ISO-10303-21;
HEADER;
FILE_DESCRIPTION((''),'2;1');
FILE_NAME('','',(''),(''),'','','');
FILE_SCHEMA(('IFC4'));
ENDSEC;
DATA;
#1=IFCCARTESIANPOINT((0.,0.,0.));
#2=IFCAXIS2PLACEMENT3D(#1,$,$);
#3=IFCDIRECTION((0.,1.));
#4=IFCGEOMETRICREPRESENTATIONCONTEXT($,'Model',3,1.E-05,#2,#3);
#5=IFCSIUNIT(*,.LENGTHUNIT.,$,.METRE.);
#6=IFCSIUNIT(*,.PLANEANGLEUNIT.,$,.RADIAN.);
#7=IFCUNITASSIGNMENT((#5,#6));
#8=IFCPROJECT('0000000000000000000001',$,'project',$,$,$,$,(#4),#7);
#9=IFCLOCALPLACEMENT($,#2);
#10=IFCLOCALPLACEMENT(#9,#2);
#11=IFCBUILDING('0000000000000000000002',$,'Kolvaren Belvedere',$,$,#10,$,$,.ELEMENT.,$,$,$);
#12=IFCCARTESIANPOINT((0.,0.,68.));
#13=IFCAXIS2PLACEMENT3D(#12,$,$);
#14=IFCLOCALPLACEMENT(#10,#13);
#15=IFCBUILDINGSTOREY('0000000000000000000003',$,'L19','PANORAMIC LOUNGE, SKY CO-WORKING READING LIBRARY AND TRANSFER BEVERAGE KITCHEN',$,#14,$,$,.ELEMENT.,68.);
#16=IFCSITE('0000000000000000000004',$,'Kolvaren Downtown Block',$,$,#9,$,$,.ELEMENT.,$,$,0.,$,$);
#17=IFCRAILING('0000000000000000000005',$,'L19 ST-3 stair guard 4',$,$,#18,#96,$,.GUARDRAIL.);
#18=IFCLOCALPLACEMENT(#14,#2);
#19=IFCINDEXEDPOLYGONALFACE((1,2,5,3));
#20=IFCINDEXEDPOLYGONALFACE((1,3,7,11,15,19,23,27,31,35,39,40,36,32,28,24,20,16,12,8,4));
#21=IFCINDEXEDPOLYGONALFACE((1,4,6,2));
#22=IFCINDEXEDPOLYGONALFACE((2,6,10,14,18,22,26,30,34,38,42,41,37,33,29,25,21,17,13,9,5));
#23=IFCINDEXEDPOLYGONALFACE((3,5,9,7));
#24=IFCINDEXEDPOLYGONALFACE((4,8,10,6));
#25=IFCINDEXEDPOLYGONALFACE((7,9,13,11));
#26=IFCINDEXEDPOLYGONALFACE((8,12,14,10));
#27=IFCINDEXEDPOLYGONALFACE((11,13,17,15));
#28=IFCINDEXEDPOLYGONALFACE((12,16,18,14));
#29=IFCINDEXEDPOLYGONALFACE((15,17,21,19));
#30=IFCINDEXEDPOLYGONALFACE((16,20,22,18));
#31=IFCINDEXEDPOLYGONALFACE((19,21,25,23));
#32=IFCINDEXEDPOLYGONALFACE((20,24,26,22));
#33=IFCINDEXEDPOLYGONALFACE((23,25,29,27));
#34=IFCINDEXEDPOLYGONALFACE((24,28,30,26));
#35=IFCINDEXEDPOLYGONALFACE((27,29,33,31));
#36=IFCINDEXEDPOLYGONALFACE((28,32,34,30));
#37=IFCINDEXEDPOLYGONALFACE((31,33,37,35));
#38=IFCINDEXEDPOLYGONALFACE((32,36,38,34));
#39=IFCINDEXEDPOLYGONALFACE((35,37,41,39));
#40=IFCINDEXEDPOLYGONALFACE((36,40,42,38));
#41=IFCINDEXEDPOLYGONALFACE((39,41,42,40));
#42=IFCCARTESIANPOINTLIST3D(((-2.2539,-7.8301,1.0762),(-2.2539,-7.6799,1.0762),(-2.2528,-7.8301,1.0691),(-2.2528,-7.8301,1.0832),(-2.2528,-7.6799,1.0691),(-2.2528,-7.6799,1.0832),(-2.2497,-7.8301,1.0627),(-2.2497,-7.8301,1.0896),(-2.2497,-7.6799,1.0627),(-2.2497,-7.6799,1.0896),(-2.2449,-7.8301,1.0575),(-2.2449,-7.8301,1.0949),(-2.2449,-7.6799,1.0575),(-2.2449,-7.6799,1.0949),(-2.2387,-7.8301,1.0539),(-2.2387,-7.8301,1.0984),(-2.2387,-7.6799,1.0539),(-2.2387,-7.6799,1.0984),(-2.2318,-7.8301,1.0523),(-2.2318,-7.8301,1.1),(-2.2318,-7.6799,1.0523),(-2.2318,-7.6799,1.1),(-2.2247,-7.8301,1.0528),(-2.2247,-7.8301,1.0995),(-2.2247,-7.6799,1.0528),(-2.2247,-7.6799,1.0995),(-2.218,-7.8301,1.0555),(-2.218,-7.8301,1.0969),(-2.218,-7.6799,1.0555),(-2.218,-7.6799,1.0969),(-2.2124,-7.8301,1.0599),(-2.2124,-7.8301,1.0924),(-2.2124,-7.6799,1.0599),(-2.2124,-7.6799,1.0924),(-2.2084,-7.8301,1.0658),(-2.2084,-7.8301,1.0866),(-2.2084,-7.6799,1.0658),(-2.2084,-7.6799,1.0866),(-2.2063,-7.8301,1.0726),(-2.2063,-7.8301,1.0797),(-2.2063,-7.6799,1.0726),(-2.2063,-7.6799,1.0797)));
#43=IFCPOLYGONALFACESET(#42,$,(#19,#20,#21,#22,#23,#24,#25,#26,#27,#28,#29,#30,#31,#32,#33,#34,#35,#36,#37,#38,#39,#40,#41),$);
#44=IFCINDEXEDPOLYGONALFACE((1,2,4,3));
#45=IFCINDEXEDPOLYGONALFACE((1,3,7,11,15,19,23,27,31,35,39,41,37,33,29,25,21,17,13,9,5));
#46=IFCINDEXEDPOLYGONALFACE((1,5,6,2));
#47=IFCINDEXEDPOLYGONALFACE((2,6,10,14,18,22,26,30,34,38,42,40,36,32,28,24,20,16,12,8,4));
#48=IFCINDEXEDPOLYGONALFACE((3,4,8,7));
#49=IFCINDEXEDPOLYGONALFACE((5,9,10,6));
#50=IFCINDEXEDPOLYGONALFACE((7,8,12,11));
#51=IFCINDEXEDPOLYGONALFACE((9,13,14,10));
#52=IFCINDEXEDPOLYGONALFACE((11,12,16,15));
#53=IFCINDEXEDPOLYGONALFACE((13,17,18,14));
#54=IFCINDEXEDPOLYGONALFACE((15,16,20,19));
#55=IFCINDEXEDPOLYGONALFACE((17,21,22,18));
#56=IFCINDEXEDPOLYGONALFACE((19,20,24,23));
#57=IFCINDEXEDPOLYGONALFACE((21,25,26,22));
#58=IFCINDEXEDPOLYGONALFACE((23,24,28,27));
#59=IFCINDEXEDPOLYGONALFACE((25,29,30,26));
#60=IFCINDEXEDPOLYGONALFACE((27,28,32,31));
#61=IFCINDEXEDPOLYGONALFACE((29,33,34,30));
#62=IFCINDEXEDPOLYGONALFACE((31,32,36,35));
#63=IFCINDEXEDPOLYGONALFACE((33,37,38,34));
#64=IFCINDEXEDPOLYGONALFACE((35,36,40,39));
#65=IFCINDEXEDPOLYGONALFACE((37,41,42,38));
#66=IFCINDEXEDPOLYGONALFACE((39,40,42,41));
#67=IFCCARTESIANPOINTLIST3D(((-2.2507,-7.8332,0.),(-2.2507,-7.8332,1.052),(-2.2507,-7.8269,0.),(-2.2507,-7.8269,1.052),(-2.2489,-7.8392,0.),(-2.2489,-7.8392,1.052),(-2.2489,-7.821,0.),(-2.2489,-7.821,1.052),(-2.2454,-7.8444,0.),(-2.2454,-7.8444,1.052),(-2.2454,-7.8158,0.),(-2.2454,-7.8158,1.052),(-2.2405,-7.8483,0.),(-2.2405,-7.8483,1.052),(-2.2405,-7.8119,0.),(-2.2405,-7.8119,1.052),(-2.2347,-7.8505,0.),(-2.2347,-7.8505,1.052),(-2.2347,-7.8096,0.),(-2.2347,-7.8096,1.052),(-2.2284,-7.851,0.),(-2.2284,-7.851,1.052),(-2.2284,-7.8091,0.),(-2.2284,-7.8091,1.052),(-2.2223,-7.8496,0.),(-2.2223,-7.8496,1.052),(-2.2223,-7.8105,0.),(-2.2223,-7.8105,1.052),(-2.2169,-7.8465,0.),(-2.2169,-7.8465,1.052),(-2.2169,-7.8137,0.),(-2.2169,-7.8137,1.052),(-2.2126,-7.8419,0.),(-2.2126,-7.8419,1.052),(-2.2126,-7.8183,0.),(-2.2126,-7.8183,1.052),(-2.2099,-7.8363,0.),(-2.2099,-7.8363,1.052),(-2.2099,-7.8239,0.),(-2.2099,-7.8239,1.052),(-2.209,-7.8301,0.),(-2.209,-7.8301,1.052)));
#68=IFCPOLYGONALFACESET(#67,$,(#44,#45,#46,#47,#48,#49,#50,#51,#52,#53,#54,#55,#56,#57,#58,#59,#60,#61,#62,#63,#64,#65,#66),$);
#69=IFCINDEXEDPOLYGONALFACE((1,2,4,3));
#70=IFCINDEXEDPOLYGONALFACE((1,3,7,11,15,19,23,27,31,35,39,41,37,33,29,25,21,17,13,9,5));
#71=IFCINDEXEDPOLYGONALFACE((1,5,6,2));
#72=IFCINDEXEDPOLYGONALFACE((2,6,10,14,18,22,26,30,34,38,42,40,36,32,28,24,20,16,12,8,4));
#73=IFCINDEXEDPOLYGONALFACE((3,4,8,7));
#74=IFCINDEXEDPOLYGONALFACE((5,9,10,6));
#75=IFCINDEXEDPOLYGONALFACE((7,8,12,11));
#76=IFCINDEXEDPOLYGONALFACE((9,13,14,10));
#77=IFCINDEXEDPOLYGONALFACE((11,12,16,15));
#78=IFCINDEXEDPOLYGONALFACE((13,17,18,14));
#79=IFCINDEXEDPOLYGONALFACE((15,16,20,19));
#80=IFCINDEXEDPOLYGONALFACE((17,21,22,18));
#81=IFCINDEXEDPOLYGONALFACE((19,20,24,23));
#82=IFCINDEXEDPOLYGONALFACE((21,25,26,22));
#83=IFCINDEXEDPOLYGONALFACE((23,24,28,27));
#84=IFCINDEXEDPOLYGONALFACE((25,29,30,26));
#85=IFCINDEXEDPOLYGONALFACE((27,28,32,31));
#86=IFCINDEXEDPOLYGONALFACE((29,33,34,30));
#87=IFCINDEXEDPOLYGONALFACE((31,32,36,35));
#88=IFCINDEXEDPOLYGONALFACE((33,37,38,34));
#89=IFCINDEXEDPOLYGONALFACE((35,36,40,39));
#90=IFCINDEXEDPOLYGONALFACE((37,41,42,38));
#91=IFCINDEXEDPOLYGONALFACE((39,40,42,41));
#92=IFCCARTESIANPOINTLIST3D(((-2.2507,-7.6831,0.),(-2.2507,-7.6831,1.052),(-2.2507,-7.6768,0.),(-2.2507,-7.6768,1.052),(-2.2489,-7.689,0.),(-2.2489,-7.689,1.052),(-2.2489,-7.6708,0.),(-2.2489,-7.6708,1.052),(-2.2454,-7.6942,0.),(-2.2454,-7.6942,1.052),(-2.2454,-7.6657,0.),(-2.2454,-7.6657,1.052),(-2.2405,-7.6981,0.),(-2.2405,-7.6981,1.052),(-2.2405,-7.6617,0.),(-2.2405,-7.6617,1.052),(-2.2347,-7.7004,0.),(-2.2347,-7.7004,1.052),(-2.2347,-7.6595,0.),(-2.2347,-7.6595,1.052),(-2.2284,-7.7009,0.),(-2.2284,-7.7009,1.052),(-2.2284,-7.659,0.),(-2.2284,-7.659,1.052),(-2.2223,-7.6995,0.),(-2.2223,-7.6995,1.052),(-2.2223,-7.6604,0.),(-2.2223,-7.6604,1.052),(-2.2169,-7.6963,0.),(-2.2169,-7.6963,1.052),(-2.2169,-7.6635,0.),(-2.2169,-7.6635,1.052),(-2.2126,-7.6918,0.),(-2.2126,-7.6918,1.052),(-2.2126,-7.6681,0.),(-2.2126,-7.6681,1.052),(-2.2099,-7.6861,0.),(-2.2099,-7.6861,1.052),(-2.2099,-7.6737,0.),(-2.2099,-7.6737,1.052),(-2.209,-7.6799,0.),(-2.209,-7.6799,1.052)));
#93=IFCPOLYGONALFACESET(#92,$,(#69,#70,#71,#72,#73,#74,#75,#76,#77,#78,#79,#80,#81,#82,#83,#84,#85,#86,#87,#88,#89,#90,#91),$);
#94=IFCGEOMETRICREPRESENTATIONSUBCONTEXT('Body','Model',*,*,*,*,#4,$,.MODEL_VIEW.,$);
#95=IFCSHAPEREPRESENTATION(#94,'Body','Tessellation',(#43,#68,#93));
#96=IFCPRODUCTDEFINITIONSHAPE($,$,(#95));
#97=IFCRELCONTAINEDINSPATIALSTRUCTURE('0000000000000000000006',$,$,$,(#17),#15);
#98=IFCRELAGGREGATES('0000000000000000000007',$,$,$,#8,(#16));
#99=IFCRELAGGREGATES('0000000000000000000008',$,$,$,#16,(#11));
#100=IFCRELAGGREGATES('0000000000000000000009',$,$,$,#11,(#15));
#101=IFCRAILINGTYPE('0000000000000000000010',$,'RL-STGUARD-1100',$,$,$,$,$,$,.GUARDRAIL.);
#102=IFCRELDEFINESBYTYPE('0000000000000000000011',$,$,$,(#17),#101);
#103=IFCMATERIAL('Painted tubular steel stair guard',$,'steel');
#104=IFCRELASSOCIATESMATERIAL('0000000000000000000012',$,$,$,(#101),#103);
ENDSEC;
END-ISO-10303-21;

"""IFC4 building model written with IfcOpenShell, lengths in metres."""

from ifc_helpers import new_model, si_unit, direction, frame, origin, origin_2d, place, context, subcontext, project, spatial, circle, extrude, material, type_object, element, save


model = new_model("IFC4")

# Units and contexts
model_context = context("Model", 3, precision=1e-05, world=origin(), true_north=direction((0.0, 1.0)))
body_context = subcontext(model_context, "Body", "Model", "MODEL_VIEW")
ifc_project = project(units=[si_unit("LENGTHUNIT", "METRE"), si_unit("PLANEANGLEUNIT", "RADIAN")], contexts=[model_context])

# Site, building, storey
site_placement = place(None, origin())
site = spatial("IfcSite", under=ifc_project, at=site_placement, Name="Kolvaren Downtown Block", CompositionType="ELEMENT", RefElevation=0.0)
building_placement = place(site_placement, origin())
building = spatial("IfcBuilding", under=site, at=building_placement, Name="Kolvaren Belvedere", CompositionType="ELEMENT")
storey_placement = place(building_placement, frame((0.0, 0.0, 68.0)))
storey = spatial("IfcBuildingStorey", under=building, at=storey_placement, Name="L19", Description="PANORAMIC LOUNGE, SKY CO-WORKING READING LIBRARY AND TRANSFER BEVERAGE KITCHEN", CompositionType="ELEMENT", Elevation=68.0)

# Railing
ifc_material_1 = material(Name="Painted tubular steel stair guard", Category="steel")
railing_type_1 = type_object("IfcRailingType", Name="RL-STGUARD-1100", PredefinedType="GUARDRAIL", material=ifc_material_1)
railing_1_placement = place(storey_placement, frame((-2.23, -7.8301, 0.0)))
element("IfcRailing", 1, at=railing_1_placement, inside=storey, type_object=railing_type_1, Name="L19 ST-3 stair guard 4", PredefinedType="GUARDRAIL", context=body_context, shape_type="SweptSolid", body=[
    extrude(circle(Radius=0.0239, at=origin_2d()), frame((0.0, 0.0, 1.0762), z_axis=(0.0, 1.0, 0.0), x_axis=(-1.0, 0.0, 0.0)), (0.0, 0.0, 1.0), 0.1501),
    extrude(circle(Radius=0.021, at=origin_2d()), origin(), (0.0, 0.0, 1.0), 1.052),
    extrude(circle(Radius=0.021, at=origin_2d()), frame((0.0, 0.1501, 0.0)), (0.0, 0.0, 1.0), 1.052),
])

save(model, "model.ifc")
